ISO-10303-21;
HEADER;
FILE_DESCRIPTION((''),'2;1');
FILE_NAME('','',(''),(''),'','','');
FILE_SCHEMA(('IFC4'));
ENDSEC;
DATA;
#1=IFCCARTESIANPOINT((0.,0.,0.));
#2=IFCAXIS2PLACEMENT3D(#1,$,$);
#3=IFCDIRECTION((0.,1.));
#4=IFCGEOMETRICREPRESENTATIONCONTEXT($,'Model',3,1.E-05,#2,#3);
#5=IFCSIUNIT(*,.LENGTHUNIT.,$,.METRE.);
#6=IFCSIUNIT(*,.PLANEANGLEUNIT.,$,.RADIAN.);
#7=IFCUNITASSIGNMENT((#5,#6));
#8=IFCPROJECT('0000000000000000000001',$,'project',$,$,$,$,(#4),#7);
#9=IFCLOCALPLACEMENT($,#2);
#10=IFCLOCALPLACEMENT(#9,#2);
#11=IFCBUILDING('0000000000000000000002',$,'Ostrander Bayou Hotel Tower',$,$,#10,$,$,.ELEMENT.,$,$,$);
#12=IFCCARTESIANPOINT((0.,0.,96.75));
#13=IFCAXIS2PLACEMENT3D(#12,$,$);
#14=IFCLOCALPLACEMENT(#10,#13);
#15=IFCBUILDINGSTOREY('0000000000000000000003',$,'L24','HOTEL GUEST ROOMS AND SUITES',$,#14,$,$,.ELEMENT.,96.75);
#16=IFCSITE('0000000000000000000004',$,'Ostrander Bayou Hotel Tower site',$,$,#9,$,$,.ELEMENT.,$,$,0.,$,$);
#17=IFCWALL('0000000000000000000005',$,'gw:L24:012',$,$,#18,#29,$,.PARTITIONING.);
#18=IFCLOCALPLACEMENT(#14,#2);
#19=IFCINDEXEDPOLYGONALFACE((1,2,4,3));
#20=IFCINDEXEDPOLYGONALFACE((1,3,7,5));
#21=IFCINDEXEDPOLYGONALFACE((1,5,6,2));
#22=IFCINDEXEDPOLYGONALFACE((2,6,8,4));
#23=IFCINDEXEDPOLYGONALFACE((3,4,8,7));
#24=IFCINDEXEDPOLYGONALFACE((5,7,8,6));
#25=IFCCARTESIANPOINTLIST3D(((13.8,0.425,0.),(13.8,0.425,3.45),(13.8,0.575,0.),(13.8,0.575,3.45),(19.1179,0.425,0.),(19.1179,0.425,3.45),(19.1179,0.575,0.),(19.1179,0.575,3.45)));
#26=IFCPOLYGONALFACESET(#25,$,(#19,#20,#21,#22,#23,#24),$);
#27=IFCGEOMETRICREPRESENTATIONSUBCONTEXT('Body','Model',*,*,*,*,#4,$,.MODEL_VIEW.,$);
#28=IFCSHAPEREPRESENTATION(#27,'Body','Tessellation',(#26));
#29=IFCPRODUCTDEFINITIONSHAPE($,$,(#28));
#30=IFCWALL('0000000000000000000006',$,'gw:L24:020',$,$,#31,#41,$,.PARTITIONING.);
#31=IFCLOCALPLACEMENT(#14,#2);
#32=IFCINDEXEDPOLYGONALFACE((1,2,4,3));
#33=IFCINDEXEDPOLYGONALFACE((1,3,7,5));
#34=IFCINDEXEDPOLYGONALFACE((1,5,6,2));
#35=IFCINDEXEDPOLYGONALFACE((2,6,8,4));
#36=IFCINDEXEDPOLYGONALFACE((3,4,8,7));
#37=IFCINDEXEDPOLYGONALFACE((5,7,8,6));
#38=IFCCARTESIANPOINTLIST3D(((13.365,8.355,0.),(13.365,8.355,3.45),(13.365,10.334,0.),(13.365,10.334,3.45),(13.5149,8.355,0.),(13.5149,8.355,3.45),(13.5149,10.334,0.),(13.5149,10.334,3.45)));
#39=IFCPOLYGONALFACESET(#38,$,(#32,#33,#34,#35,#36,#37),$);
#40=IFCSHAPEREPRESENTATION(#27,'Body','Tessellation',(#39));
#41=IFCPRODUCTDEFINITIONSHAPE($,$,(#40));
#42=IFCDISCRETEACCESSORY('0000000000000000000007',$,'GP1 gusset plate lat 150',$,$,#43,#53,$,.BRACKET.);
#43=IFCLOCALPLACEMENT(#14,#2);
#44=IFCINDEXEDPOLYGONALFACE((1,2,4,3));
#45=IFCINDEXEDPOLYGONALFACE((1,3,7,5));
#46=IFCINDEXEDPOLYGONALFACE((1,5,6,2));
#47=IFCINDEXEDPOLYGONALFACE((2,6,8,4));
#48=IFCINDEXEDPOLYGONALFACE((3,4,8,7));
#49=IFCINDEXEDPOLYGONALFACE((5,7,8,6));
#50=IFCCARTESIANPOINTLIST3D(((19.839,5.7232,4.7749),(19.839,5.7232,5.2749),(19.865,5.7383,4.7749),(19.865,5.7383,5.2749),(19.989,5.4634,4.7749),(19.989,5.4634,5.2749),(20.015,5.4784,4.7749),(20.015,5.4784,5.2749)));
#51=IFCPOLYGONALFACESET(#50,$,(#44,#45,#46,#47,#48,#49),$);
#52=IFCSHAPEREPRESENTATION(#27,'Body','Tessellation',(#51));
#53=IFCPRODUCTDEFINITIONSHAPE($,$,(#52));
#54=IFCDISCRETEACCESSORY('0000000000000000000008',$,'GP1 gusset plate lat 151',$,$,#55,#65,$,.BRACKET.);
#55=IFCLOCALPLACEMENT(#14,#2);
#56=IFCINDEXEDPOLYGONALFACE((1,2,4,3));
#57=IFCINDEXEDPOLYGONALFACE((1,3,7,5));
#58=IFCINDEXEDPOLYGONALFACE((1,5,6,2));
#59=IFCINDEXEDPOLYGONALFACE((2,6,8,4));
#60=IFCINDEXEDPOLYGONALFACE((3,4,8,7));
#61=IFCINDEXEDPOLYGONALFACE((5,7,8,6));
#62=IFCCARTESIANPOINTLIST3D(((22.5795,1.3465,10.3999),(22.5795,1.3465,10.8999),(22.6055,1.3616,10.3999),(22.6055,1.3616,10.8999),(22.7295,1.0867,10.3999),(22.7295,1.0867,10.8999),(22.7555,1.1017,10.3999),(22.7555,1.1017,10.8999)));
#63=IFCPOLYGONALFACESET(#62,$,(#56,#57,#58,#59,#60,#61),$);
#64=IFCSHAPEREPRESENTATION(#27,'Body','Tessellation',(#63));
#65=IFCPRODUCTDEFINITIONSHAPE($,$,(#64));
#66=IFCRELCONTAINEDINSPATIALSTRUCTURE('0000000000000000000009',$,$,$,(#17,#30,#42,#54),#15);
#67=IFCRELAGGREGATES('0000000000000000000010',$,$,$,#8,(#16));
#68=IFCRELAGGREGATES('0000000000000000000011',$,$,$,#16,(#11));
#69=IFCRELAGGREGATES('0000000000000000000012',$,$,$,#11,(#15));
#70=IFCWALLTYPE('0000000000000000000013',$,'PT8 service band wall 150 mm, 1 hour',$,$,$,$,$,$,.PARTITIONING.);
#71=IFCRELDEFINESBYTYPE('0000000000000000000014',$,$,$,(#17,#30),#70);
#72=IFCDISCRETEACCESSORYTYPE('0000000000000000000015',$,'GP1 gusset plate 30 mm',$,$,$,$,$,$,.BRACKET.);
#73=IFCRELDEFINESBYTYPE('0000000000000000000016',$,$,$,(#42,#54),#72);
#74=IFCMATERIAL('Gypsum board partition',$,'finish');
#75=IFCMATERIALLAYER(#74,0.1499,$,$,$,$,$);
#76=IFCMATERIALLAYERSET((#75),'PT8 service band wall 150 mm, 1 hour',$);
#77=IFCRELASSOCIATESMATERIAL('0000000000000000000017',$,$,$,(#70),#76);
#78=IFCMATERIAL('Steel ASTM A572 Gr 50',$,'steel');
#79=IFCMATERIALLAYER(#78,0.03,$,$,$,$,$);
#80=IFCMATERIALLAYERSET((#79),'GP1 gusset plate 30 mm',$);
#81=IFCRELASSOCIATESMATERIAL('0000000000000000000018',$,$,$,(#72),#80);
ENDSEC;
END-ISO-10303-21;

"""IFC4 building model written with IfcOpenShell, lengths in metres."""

from ifc_helpers import new_model, si_unit, direction, frame, frame_2d, origin, origin_2d, place, context, subcontext, project, spatial, rectangle, extrude, material, layer, layer_set, type_object, element, save


model = new_model("IFC4")

# Units and contexts
model_context = context("Model", 3, precision=1e-05, world=origin(), true_north=direction((0.0, 1.0)))
body_context = subcontext(model_context, "Body", "Model", "MODEL_VIEW")
ifc_project = project(units=[si_unit("LENGTHUNIT", "METRE"), si_unit("PLANEANGLEUNIT", "RADIAN")], contexts=[model_context])

# Site, building, storey
site_placement = place(None, origin())
site = spatial("IfcSite", under=ifc_project, at=site_placement, Name="Ostrander Bayou Hotel Tower site", CompositionType="ELEMENT", RefElevation=0.0)
building_placement = place(site_placement, origin())
building = spatial("IfcBuilding", under=site, at=building_placement, Name="Ostrander Bayou Hotel Tower", CompositionType="ELEMENT")
storey_placement = place(building_placement, frame((0.0, 0.0, 96.75)))
storey = spatial("IfcBuildingStorey", under=building, at=storey_placement, Name="L24", Description="HOTEL GUEST ROOMS AND SUITES", CompositionType="ELEMENT", Elevation=96.75)

# Walls
ifc_material_1 = material(Name="Gypsum board partition", Category="finish")
ifc_layer_1 = layer(ifc_material_1, 0.1499)
ifc_layer_set_1 = layer_set([ifc_layer_1], Name="PT8 service band wall 150 mm, 1 hour")
wall_type_1 = type_object("IfcWallType", Name="PT8 service band wall 150 mm, 1 hour", PredefinedType="PARTITIONING", material=ifc_layer_set_1)
wall_1_placement = place(storey_placement, frame((13.8, 0.5, 0.0), z_axis=(0.0, 0.0, 1.0), x_axis=(1.0, 0.0, 0.0)))
element("IfcWall", 1, at=wall_1_placement, inside=storey, type_object=wall_type_1, Name="gw:L24:012", PredefinedType="PARTITIONING", context=body_context, shape_type="SweptSolid", body=[
    extrude(rectangle(XDim=5.3179, YDim=0.1499, at=frame_2d((2.6589, 0.0))), origin(), (0.0, 0.0, 1.0), 3.45),
])
wall_2_placement = place(storey_placement, frame((13.4399, 8.355, 0.0), z_axis=(0.0, 0.0, 1.0), x_axis=(0.0, 1.0, 0.0)))
element("IfcWall", 2, at=wall_2_placement, inside=storey, type_object=wall_type_1, Name="gw:L24:020", PredefinedType="PARTITIONING", context=body_context, shape_type="SweptSolid", body=[
    extrude(rectangle(XDim=1.979, YDim=0.1499, at=frame_2d((0.9895, 0.0))), origin(), (0.0, 0.0, 1.0), 3.45),
])

# Discrete accessories
ifc_material_2 = material(Name="Steel ASTM A572 Gr 50", Category="steel")
ifc_layer_2 = layer(ifc_material_2, 0.03)
ifc_layer_set_2 = layer_set([ifc_layer_2], Name="GP1 gusset plate 30 mm")
discrete_accessory_type = type_object("IfcDiscreteAccessoryType", Name="GP1 gusset plate 30 mm", PredefinedType="BRACKET", material=ifc_layer_set_2)
for number, where, z_axis, x_axis, name in (
    (3, (19.927, 5.6008, 4.7749), (0.0, 0.0, 1.0), (-0.5, 0.866025, 0.0), "GP1 gusset plate lat 150"),
    (4, (22.6675, 1.2241, 10.3999), (0.0, 0.0, 1.0), (-0.5, 0.866025, 0.0), "GP1 gusset plate lat 151"),
):
    element("IfcDiscreteAccessory", number, at=place(storey_placement, frame(where, z_axis=z_axis, x_axis=x_axis)), inside=storey, type_object=discrete_accessory_type, Name=name, PredefinedType="BRACKET", context=body_context, shape_type="SweptSolid", body=[
        extrude(rectangle(XDim=0.3, YDim=0.03, at=origin_2d()), origin(), (0.0, 0.0, 1.0), 0.5),
    ])

save(model, "model.ifc")
